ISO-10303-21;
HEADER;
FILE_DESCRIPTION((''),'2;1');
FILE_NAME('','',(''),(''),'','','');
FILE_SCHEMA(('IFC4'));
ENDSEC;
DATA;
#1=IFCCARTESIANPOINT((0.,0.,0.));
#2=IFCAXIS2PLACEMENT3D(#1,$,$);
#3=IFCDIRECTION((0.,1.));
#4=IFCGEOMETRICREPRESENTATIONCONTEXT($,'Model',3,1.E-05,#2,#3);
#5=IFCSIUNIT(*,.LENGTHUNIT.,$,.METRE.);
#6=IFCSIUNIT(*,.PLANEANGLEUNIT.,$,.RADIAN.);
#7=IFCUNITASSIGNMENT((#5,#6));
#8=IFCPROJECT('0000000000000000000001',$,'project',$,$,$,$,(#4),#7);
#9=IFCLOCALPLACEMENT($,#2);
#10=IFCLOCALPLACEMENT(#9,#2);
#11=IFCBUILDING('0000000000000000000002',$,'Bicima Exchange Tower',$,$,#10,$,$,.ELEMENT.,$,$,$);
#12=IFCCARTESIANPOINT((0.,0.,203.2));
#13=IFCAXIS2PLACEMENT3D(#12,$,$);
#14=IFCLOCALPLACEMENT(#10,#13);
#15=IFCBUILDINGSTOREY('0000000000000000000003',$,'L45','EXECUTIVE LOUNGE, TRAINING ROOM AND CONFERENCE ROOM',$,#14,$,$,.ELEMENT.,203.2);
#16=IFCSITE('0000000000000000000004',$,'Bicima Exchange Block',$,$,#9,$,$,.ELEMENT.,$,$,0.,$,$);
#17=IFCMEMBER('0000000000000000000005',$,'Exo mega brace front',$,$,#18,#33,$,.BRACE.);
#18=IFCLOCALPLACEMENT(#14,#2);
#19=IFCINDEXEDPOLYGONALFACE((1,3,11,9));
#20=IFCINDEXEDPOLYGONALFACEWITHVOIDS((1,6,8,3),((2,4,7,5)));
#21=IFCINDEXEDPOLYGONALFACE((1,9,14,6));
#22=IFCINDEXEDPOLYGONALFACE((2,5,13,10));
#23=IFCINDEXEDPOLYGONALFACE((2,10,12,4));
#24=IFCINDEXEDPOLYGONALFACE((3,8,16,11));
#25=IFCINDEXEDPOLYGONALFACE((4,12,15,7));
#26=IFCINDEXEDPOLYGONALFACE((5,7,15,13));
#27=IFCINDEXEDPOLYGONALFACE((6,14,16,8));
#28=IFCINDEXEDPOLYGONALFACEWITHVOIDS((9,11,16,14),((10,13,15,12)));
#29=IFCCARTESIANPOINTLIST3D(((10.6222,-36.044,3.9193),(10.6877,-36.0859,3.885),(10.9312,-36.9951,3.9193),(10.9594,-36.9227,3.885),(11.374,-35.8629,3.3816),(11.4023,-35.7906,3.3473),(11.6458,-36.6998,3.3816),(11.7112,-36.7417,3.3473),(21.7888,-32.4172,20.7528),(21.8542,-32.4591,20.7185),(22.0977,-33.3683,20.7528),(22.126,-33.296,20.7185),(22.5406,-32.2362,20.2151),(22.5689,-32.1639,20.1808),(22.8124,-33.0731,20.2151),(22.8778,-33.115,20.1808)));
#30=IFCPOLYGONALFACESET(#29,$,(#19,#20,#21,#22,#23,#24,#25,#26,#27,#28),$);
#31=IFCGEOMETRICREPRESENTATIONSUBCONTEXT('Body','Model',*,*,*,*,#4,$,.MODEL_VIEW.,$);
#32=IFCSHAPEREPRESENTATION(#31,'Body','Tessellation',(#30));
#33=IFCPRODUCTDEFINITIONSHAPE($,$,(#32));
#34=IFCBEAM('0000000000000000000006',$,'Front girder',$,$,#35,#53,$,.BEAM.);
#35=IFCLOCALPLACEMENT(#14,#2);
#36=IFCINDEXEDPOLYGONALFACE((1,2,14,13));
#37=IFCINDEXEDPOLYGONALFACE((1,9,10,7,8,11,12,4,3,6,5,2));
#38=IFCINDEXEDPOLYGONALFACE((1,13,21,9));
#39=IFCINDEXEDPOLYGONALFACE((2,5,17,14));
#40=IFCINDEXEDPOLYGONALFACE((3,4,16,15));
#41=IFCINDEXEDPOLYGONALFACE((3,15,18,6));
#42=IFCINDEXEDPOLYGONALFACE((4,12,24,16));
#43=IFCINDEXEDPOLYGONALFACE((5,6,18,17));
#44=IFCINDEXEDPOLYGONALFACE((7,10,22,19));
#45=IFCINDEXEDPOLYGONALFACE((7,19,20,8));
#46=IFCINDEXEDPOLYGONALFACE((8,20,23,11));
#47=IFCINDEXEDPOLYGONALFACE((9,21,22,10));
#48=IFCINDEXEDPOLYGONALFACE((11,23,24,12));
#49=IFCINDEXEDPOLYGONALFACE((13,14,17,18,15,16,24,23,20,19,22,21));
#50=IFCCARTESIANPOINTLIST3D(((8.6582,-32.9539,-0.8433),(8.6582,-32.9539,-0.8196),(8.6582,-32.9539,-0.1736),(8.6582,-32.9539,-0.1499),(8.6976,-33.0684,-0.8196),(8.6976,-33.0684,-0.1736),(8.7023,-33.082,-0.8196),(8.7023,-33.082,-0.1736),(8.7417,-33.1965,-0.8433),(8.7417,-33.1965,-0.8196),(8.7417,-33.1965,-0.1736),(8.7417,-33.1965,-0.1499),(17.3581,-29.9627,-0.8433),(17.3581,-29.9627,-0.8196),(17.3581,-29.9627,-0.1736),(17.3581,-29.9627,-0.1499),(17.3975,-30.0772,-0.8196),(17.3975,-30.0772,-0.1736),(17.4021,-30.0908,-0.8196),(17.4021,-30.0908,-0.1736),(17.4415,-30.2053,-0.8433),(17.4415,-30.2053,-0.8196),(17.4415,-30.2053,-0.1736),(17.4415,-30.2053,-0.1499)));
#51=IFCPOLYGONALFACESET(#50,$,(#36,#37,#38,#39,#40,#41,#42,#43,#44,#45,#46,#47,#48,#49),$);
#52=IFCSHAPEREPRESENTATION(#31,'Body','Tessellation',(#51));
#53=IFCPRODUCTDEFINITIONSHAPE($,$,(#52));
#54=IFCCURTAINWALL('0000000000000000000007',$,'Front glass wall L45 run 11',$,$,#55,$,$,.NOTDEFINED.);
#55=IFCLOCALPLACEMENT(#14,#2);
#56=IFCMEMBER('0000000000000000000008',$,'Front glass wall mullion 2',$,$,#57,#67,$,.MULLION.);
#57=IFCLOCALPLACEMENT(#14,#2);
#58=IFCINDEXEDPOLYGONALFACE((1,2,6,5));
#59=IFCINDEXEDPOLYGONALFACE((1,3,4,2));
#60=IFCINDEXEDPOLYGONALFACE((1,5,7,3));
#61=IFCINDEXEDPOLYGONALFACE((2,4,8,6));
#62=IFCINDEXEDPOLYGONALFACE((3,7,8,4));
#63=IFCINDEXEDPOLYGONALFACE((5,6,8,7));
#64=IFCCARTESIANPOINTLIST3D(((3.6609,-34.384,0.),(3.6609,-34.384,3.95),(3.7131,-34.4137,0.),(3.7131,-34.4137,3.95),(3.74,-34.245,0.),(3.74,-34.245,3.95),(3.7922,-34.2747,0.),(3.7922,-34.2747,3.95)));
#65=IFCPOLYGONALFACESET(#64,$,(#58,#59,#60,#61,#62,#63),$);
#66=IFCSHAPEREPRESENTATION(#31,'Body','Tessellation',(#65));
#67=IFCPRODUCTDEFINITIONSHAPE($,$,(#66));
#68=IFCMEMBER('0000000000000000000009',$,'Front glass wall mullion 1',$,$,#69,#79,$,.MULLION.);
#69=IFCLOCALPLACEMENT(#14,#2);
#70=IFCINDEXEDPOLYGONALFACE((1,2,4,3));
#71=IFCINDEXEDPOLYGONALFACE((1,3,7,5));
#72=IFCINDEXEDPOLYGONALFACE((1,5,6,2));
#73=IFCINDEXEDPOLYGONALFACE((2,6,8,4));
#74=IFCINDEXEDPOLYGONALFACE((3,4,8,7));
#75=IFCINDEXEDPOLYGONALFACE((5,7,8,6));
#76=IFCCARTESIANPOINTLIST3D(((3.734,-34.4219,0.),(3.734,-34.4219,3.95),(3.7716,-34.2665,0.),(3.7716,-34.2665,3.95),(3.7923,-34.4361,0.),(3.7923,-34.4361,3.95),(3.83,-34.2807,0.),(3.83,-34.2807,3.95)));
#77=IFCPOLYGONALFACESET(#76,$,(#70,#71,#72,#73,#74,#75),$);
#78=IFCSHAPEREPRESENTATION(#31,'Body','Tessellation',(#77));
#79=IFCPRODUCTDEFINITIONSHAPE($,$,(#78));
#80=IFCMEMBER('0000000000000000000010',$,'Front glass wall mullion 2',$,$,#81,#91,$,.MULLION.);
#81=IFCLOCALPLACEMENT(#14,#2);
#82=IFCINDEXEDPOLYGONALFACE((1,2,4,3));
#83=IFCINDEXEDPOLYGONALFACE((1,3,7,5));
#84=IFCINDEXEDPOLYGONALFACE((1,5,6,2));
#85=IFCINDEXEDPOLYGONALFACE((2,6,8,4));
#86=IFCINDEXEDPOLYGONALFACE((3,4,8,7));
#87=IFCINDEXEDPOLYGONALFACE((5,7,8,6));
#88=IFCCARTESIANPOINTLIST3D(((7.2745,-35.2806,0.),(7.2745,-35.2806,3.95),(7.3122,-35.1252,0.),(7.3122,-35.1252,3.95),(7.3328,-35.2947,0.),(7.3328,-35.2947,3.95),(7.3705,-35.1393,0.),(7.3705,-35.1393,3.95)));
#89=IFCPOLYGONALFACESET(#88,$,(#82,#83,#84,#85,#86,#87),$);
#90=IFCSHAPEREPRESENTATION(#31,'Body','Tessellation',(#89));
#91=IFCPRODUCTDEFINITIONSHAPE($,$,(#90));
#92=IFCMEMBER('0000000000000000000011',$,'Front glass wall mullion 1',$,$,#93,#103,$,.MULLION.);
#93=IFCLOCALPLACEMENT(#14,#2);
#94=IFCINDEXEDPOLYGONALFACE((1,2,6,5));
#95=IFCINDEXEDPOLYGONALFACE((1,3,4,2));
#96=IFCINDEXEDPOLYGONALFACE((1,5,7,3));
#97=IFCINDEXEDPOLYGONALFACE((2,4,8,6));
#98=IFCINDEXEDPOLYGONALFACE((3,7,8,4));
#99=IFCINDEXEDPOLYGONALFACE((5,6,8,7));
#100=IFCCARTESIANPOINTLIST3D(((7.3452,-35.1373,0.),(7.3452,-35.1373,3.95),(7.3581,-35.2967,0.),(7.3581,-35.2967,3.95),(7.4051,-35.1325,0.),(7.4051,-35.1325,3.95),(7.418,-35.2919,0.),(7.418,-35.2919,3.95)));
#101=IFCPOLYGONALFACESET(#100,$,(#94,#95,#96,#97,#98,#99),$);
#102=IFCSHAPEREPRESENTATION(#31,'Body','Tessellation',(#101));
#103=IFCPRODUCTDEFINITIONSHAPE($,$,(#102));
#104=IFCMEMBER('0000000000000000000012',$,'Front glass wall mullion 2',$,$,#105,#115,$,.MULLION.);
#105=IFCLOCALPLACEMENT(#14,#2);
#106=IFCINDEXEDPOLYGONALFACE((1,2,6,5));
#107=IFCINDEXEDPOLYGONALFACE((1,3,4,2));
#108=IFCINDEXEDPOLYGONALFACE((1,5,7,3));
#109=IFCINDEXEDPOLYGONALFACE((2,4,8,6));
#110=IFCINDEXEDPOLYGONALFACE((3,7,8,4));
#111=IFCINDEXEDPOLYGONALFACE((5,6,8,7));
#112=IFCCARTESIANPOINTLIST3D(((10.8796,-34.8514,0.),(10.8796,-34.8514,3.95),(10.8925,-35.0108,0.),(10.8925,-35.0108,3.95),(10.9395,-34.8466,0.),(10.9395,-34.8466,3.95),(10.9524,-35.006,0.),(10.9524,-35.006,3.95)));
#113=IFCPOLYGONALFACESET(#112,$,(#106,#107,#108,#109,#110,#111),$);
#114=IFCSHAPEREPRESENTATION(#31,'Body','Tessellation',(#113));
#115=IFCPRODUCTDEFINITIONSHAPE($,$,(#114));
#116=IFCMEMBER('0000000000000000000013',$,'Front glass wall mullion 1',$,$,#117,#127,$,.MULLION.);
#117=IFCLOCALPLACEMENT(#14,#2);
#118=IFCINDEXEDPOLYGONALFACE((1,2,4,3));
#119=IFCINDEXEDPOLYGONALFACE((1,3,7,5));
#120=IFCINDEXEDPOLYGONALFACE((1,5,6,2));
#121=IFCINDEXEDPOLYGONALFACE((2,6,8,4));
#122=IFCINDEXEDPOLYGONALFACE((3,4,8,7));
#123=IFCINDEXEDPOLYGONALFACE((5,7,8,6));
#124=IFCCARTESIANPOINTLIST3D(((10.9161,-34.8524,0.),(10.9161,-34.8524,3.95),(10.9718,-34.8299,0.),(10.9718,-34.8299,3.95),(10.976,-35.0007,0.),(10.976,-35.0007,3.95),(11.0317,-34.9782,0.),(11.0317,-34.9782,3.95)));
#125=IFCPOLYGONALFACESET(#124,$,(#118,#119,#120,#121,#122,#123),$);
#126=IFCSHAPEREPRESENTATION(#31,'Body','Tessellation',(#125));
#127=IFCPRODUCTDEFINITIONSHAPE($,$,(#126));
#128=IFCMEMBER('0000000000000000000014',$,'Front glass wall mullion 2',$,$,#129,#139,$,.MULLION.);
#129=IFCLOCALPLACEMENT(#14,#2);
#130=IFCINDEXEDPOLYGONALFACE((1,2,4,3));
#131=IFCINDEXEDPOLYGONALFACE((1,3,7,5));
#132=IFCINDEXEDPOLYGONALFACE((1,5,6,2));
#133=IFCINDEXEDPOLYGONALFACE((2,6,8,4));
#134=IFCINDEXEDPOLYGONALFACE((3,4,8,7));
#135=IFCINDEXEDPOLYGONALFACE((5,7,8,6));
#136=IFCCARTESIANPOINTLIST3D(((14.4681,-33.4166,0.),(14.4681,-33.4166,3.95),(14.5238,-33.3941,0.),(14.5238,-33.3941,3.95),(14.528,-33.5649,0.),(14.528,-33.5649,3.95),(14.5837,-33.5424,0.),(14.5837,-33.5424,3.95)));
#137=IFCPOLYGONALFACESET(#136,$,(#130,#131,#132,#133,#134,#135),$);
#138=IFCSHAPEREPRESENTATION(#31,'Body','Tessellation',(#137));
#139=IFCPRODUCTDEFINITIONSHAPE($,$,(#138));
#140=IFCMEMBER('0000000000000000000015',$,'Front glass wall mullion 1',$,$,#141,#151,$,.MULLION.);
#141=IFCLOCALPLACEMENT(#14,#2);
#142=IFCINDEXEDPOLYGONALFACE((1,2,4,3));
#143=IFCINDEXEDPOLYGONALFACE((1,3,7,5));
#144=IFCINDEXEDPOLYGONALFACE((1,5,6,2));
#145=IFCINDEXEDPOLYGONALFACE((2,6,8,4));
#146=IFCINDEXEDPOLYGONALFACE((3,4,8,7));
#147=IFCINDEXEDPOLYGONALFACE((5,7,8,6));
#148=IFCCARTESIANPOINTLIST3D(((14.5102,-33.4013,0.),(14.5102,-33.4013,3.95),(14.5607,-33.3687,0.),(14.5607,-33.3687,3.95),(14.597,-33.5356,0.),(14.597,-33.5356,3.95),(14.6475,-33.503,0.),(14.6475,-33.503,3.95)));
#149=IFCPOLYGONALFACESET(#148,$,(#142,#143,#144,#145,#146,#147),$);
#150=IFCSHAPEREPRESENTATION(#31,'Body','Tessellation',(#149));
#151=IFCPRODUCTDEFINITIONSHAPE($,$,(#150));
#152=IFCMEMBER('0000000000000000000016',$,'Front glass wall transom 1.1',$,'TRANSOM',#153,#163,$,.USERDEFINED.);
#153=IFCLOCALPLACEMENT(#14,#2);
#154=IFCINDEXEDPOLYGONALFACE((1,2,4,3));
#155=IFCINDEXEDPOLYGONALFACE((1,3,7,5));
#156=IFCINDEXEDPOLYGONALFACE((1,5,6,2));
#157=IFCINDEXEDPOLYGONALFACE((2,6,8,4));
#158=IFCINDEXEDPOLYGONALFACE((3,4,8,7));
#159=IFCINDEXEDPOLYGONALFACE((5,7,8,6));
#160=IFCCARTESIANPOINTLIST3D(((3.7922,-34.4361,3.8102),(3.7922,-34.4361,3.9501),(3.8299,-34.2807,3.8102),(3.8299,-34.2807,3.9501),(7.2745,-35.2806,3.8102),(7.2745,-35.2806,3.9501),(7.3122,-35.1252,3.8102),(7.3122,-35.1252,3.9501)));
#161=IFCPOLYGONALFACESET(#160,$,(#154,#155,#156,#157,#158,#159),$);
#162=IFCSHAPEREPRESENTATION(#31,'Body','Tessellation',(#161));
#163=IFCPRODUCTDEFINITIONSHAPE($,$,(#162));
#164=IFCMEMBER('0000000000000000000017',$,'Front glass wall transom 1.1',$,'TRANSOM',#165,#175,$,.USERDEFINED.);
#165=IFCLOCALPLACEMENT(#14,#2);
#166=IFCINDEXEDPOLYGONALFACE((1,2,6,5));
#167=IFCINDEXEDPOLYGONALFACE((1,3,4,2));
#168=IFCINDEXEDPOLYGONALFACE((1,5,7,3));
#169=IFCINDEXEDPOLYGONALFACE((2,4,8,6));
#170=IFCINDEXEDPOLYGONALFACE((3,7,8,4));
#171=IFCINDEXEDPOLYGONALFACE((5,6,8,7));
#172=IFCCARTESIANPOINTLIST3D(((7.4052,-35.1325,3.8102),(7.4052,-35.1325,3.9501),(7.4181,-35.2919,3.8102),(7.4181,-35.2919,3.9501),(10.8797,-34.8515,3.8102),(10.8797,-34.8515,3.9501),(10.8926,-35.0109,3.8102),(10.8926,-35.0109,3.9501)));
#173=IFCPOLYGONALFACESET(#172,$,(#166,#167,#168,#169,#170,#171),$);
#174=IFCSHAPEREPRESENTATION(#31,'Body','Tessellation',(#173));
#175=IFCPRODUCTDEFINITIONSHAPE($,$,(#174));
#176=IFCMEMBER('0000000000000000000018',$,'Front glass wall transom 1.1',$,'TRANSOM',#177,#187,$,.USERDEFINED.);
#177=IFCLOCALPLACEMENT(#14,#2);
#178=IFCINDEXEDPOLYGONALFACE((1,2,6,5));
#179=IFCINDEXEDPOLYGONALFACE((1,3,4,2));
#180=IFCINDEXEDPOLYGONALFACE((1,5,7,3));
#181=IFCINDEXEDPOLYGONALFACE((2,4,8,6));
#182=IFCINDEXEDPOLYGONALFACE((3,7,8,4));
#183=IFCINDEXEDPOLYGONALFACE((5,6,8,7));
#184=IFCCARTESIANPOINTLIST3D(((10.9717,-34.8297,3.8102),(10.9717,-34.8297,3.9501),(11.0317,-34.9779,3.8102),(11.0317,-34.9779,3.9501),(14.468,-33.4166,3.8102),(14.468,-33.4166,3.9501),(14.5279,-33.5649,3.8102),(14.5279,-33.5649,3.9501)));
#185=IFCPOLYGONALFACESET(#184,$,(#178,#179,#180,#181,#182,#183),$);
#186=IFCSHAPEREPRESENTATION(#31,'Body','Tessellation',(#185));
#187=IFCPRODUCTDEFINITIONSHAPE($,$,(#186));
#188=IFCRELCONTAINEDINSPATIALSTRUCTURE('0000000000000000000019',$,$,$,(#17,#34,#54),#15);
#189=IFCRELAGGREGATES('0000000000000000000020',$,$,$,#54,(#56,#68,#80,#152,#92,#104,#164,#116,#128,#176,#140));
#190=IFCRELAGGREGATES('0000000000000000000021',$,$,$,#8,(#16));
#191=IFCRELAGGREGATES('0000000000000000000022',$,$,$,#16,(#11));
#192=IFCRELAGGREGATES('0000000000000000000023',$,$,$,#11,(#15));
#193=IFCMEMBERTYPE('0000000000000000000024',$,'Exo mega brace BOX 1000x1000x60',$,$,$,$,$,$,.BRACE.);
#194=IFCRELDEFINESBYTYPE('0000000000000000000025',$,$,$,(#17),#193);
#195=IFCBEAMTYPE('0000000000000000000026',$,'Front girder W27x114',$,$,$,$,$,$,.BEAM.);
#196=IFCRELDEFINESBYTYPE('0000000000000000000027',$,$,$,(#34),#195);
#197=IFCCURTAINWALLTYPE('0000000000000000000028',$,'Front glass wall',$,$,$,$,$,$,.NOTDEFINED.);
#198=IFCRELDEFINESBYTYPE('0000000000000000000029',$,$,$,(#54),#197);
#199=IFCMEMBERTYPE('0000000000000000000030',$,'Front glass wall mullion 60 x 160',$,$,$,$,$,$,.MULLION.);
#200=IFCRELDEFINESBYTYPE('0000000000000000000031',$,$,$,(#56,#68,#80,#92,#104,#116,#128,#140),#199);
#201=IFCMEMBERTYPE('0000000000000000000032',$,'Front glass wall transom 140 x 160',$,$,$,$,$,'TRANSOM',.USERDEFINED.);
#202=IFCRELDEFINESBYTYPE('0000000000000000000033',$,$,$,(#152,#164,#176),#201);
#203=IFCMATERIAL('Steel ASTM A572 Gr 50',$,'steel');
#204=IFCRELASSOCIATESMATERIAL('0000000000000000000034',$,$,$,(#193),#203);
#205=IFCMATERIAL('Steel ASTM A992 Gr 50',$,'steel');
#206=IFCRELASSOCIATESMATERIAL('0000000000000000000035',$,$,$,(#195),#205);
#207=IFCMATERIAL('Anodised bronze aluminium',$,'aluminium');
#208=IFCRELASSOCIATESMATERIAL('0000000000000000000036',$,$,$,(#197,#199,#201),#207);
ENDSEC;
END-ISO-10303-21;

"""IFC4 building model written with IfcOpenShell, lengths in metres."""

from ifc_helpers import new_model, si_unit, direction, frame, origin, origin_2d, place, context, subcontext, project, spatial, rectangle, hollow_rectangle, i_section, extrude, material, material_profile, profile_set, type_object, element, aggregate, save


model = new_model("IFC4")

# Units and contexts
model_context = context("Model", 3, precision=1e-05, world=origin(), true_north=direction((0.0, 1.0)))
body_context = subcontext(model_context, "Body", "Model", "MODEL_VIEW")
ifc_project = project(units=[si_unit("LENGTHUNIT", "METRE"), si_unit("PLANEANGLEUNIT", "RADIAN")], contexts=[model_context])

# Site, building, storey
site_placement = place(None, origin())
site = spatial("IfcSite", under=ifc_project, at=site_placement, Name="Bicima Exchange Block", CompositionType="ELEMENT", RefElevation=0.0)
building_placement = place(site_placement, origin())
building = spatial("IfcBuilding", under=site, at=building_placement, Name="Bicima Exchange Tower", CompositionType="ELEMENT")
storey_placement = place(building_placement, frame((0.0, 0.0, 203.2)))
storey = spatial("IfcBuildingStorey", under=building, at=storey_placement, Name="L45", Description="EXECUTIVE LOUNGE, TRAINING ROOM AND CONFERENCE ROOM", CompositionType="ELEMENT", Elevation=203.2)

# Member
ifc_material_1 = material(Name="Steel ASTM A572 Gr 50", Category="steel")
ifc_material_profile_1 = material_profile(ifc_material_1, hollow_rectangle(XDim=1.0, YDim=1.0, WallThickness=0.0601, at=origin_2d()))
ifc_profile_set_1 = profile_set([ifc_material_profile_1], Name="Steel ASTM A572 Gr 50")
member_type_1 = type_object("IfcMemberType", Name="Exo mega brace BOX 1000x1000x60", PredefinedType="BRACE", material=ifc_profile_set_1)
member_1_placement = place(storey_placement, frame((11.1667, -36.3928, 3.6333), z_axis=(0.544086, 0.176711, 0.820209), x_axis=(-0.308901, 0.951094, 0.0)))
element("IfcMember", 1, at=member_1_placement, inside=storey, type_object=member_type_1, Name="Exo mega brace front", PredefinedType="BRACE", context=body_context, shape_type="SweptSolid", body=[
    extrude(hollow_rectangle(XDim=1.0, YDim=1.0, WallThickness=0.0601, at=origin_2d()), origin(), (0.0, 0.0, 1.0), 20.5234),
])

# Beam
ifc_material_2 = material(Name="Steel ASTM A992 Gr 50", Category="steel")
ifc_material_profile_2 = material_profile(ifc_material_2, i_section(OverallWidth=0.2566, OverallDepth=0.6934, WebThickness=0.0144, FlangeThickness=0.0237, at=origin_2d()))
ifc_profile_set_2 = profile_set([ifc_material_profile_2], Name="Steel ASTM A992 Gr 50")
beam_type = type_object("IfcBeamType", Name="Front girder W27x114", PredefinedType="BEAM", material=ifc_profile_set_2)
beam_placement = place(storey_placement, frame((8.7, -33.0752, -0.4966), z_axis=(0.945666, 0.325138, 0.0), x_axis=(-0.325138, 0.945666, 0.0)))
element("IfcBeam", 2, at=beam_placement, inside=storey, type_object=beam_type, Name="Front girder", PredefinedType="BEAM", context=body_context, shape_type="SweptSolid", body=[
    extrude(i_section(OverallWidth=0.2566, OverallDepth=0.6934, WebThickness=0.0144, FlangeThickness=0.0237, at=origin_2d()), origin(), (0.0, 0.0, 1.0), 9.1997),
])

# Curtain wall, members
ifc_material_3 = material(Name="Anodised bronze aluminium", Category="aluminium")
curtain_wall_type = type_object("IfcCurtainWallType", Name="Front glass wall", PredefinedType="NOTDEFINED", material=ifc_material_3)
curtain_wall_placement = place(storey_placement, origin())
curtain_wall = element("IfcCurtainWall", 3, at=curtain_wall_placement, inside=storey, type_object=curtain_wall_type, Name="Front glass wall L45 run 11", PredefinedType="NOTDEFINED")
ifc_material_profile_3 = material_profile(ifc_material_3, rectangle(XDim=0.1599, YDim=0.0601, at=origin_2d()))
ifc_profile_set_3 = profile_set([ifc_material_profile_3], Name="Anodised bronze aluminium")
member_type_2 = type_object("IfcMemberType", Name="Front glass wall mullion 60 x 160", PredefinedType="MULLION", material=ifc_profile_set_3)
member_2_placement = place(storey_placement, frame((3.7266, -34.3293, 0.0), z_axis=(0.0, 0.0, 1.0), x_axis=(0.49433, 0.869274, 0.0)))
member_2 = element("IfcMember", 4, at=member_2_placement, type_object=member_type_2, Name="Front glass wall mullion 2", PredefinedType="MULLION", context=body_context, shape_type="SweptSolid", body=[
    extrude(rectangle(XDim=0.1599, YDim=0.0601, at=origin_2d()), origin(), (0.0, 0.0, 1.0), 3.95),
])
member_3_placement = place(storey_placement, frame((3.782, -34.3513, 0.0), z_axis=(0.0, 0.0, 1.0), x_axis=(0.235682, 0.97183, 0.0)))
member_3 = element("IfcMember", 5, at=member_3_placement, type_object=member_type_2, Name="Front glass wall mullion 1", PredefinedType="MULLION", context=body_context, shape_type="SweptSolid", body=[
    extrude(rectangle(XDim=0.1599, YDim=0.0601, at=origin_2d()), origin(), (0.0, 0.0, 1.0), 3.95),
])
member_4_placement = place(storey_placement, frame((7.3225, -35.21, 0.0), z_axis=(0.0, 0.0, 1.0), x_axis=(0.235682, 0.97183, 0.0)))
member_4 = element("IfcMember", 6, at=member_4_placement, type_object=member_type_2, Name="Front glass wall mullion 2", PredefinedType="MULLION", context=body_context, shape_type="SweptSolid", body=[
    extrude(rectangle(XDim=0.1599, YDim=0.0601, at=origin_2d()), origin(), (0.0, 0.0, 1.0), 3.95),
])
member_5_placement = place(storey_placement, frame((7.3816, -35.2146, 0.0), z_axis=(0.0, 0.0, 1.0), x_axis=(-0.080589, 0.996747, 0.0)))
member_5 = element("IfcMember", 7, at=member_5_placement, type_object=member_type_2, Name="Front glass wall mullion 1", PredefinedType="MULLION", context=body_context, shape_type="SweptSolid", body=[
    extrude(rectangle(XDim=0.1599, YDim=0.0601, at=origin_2d()), origin(), (0.0, 0.0, 1.0), 3.95),
])
member_6_placement = place(storey_placement, frame((10.916, -34.9287, 0.0), z_axis=(0.0, 0.0, 1.0), x_axis=(-0.080589, 0.996747, 0.0)))
member_6 = element("IfcMember", 8, at=member_6_placement, type_object=member_type_2, Name="Front glass wall mullion 2", PredefinedType="MULLION", context=body_context, shape_type="SweptSolid", body=[
    extrude(rectangle(XDim=0.1599, YDim=0.0601, at=origin_2d()), origin(), (0.0, 0.0, 1.0), 3.95),
])
member_7_placement = place(storey_placement, frame((10.9739, -34.9153, 0.0), z_axis=(0.0, 0.0, 1.0), x_axis=(-0.374705, 0.927144, 0.0)))
member_7 = element("IfcMember", 9, at=member_7_placement, type_object=member_type_2, Name="Front glass wall mullion 1", PredefinedType="MULLION", context=body_context, shape_type="SweptSolid", body=[
    extrude(rectangle(XDim=0.1599, YDim=0.0601, at=origin_2d()), origin(), (0.0, 0.0, 1.0), 3.95),
])
member_8_placement = place(storey_placement, frame((14.5259, -33.4795, 0.0), z_axis=(0.0, 0.0, 1.0), x_axis=(-0.374705, 0.927144, 0.0)))
member_8 = element("IfcMember", 10, at=member_8_placement, type_object=member_type_2, Name="Front glass wall mullion 2", PredefinedType="MULLION", context=body_context, shape_type="SweptSolid", body=[
    extrude(rectangle(XDim=0.1599, YDim=0.0601, at=origin_2d()), origin(), (0.0, 0.0, 1.0), 3.95),
])
member_9_placement = place(storey_placement, frame((14.5789, -33.4521, 0.0), z_axis=(0.0, 0.0, 1.0), x_axis=(-0.542909, 0.839791, 0.0)))
member_9 = element("IfcMember", 11, at=member_9_placement, type_object=member_type_2, Name="Front glass wall mullion 1", PredefinedType="MULLION", context=body_context, shape_type="SweptSolid", body=[
    extrude(rectangle(XDim=0.1599, YDim=0.0601, at=origin_2d()), origin(), (0.0, 0.0, 1.0), 3.95),
])
ifc_material_profile_4 = material_profile(ifc_material_3, rectangle(XDim=0.1599, YDim=0.1399, at=origin_2d()))
ifc_profile_set_4 = profile_set([ifc_material_profile_4], Name="Anodised bronze aluminium")
member_type_3 = type_object("IfcMemberType", Name="Front glass wall transom 140 x 160", ElementType="TRANSOM", PredefinedType="USERDEFINED", material=ifc_profile_set_4)
member_10_placement = place(storey_placement, frame((3.811, -34.3584, 3.8801), z_axis=(0.971834, -0.235668, 0.0), x_axis=(0.235668, 0.971834, 0.0)))
member_10 = element("IfcMember", 12, at=member_10_placement, type_object=member_type_3, Name="Front glass wall transom 1.1", ObjectType="TRANSOM", PredefinedType="USERDEFINED", context=body_context, shape_type="SweptSolid", body=[
    extrude(rectangle(XDim=0.1599, YDim=0.1399, at=origin_2d()), origin(), (0.0, 0.0, 1.0), 3.5833),
])
member_11_placement = place(storey_placement, frame((7.4116, -35.2122, 3.8801), z_axis=(0.996746, 0.080611, 0.0), x_axis=(-0.080611, 0.996746, 0.0)))
member_11 = element("IfcMember", 13, at=member_11_placement, type_object=member_type_3, Name="Front glass wall transom 1.1", ObjectType="TRANSOM", PredefinedType="USERDEFINED", context=body_context, shape_type="SweptSolid", body=[
    extrude(rectangle(XDim=0.1599, YDim=0.1399, at=origin_2d()), origin(), (0.0, 0.0, 1.0), 3.4858),
])
member_12_placement = place(storey_placement, frame((11.0017, -34.9038, 3.8801), z_axis=(0.92714, 0.374715, 0.0), x_axis=(-0.374715, 0.92714, 0.0)))
member_12 = element("IfcMember", 14, at=member_12_placement, type_object=member_type_3, Name="Front glass wall transom 1.1", ObjectType="TRANSOM", PredefinedType="USERDEFINED", context=body_context, shape_type="SweptSolid", body=[
    extrude(rectangle(XDim=0.1599, YDim=0.1399, at=origin_2d()), origin(), (0.0, 0.0, 1.0), 3.771),
])

aggregate(curtain_wall, [member_2, member_3, member_4, member_10, member_5, member_6, member_11, member_7, member_8, member_12, member_9])

save(model, "model.ifc")
